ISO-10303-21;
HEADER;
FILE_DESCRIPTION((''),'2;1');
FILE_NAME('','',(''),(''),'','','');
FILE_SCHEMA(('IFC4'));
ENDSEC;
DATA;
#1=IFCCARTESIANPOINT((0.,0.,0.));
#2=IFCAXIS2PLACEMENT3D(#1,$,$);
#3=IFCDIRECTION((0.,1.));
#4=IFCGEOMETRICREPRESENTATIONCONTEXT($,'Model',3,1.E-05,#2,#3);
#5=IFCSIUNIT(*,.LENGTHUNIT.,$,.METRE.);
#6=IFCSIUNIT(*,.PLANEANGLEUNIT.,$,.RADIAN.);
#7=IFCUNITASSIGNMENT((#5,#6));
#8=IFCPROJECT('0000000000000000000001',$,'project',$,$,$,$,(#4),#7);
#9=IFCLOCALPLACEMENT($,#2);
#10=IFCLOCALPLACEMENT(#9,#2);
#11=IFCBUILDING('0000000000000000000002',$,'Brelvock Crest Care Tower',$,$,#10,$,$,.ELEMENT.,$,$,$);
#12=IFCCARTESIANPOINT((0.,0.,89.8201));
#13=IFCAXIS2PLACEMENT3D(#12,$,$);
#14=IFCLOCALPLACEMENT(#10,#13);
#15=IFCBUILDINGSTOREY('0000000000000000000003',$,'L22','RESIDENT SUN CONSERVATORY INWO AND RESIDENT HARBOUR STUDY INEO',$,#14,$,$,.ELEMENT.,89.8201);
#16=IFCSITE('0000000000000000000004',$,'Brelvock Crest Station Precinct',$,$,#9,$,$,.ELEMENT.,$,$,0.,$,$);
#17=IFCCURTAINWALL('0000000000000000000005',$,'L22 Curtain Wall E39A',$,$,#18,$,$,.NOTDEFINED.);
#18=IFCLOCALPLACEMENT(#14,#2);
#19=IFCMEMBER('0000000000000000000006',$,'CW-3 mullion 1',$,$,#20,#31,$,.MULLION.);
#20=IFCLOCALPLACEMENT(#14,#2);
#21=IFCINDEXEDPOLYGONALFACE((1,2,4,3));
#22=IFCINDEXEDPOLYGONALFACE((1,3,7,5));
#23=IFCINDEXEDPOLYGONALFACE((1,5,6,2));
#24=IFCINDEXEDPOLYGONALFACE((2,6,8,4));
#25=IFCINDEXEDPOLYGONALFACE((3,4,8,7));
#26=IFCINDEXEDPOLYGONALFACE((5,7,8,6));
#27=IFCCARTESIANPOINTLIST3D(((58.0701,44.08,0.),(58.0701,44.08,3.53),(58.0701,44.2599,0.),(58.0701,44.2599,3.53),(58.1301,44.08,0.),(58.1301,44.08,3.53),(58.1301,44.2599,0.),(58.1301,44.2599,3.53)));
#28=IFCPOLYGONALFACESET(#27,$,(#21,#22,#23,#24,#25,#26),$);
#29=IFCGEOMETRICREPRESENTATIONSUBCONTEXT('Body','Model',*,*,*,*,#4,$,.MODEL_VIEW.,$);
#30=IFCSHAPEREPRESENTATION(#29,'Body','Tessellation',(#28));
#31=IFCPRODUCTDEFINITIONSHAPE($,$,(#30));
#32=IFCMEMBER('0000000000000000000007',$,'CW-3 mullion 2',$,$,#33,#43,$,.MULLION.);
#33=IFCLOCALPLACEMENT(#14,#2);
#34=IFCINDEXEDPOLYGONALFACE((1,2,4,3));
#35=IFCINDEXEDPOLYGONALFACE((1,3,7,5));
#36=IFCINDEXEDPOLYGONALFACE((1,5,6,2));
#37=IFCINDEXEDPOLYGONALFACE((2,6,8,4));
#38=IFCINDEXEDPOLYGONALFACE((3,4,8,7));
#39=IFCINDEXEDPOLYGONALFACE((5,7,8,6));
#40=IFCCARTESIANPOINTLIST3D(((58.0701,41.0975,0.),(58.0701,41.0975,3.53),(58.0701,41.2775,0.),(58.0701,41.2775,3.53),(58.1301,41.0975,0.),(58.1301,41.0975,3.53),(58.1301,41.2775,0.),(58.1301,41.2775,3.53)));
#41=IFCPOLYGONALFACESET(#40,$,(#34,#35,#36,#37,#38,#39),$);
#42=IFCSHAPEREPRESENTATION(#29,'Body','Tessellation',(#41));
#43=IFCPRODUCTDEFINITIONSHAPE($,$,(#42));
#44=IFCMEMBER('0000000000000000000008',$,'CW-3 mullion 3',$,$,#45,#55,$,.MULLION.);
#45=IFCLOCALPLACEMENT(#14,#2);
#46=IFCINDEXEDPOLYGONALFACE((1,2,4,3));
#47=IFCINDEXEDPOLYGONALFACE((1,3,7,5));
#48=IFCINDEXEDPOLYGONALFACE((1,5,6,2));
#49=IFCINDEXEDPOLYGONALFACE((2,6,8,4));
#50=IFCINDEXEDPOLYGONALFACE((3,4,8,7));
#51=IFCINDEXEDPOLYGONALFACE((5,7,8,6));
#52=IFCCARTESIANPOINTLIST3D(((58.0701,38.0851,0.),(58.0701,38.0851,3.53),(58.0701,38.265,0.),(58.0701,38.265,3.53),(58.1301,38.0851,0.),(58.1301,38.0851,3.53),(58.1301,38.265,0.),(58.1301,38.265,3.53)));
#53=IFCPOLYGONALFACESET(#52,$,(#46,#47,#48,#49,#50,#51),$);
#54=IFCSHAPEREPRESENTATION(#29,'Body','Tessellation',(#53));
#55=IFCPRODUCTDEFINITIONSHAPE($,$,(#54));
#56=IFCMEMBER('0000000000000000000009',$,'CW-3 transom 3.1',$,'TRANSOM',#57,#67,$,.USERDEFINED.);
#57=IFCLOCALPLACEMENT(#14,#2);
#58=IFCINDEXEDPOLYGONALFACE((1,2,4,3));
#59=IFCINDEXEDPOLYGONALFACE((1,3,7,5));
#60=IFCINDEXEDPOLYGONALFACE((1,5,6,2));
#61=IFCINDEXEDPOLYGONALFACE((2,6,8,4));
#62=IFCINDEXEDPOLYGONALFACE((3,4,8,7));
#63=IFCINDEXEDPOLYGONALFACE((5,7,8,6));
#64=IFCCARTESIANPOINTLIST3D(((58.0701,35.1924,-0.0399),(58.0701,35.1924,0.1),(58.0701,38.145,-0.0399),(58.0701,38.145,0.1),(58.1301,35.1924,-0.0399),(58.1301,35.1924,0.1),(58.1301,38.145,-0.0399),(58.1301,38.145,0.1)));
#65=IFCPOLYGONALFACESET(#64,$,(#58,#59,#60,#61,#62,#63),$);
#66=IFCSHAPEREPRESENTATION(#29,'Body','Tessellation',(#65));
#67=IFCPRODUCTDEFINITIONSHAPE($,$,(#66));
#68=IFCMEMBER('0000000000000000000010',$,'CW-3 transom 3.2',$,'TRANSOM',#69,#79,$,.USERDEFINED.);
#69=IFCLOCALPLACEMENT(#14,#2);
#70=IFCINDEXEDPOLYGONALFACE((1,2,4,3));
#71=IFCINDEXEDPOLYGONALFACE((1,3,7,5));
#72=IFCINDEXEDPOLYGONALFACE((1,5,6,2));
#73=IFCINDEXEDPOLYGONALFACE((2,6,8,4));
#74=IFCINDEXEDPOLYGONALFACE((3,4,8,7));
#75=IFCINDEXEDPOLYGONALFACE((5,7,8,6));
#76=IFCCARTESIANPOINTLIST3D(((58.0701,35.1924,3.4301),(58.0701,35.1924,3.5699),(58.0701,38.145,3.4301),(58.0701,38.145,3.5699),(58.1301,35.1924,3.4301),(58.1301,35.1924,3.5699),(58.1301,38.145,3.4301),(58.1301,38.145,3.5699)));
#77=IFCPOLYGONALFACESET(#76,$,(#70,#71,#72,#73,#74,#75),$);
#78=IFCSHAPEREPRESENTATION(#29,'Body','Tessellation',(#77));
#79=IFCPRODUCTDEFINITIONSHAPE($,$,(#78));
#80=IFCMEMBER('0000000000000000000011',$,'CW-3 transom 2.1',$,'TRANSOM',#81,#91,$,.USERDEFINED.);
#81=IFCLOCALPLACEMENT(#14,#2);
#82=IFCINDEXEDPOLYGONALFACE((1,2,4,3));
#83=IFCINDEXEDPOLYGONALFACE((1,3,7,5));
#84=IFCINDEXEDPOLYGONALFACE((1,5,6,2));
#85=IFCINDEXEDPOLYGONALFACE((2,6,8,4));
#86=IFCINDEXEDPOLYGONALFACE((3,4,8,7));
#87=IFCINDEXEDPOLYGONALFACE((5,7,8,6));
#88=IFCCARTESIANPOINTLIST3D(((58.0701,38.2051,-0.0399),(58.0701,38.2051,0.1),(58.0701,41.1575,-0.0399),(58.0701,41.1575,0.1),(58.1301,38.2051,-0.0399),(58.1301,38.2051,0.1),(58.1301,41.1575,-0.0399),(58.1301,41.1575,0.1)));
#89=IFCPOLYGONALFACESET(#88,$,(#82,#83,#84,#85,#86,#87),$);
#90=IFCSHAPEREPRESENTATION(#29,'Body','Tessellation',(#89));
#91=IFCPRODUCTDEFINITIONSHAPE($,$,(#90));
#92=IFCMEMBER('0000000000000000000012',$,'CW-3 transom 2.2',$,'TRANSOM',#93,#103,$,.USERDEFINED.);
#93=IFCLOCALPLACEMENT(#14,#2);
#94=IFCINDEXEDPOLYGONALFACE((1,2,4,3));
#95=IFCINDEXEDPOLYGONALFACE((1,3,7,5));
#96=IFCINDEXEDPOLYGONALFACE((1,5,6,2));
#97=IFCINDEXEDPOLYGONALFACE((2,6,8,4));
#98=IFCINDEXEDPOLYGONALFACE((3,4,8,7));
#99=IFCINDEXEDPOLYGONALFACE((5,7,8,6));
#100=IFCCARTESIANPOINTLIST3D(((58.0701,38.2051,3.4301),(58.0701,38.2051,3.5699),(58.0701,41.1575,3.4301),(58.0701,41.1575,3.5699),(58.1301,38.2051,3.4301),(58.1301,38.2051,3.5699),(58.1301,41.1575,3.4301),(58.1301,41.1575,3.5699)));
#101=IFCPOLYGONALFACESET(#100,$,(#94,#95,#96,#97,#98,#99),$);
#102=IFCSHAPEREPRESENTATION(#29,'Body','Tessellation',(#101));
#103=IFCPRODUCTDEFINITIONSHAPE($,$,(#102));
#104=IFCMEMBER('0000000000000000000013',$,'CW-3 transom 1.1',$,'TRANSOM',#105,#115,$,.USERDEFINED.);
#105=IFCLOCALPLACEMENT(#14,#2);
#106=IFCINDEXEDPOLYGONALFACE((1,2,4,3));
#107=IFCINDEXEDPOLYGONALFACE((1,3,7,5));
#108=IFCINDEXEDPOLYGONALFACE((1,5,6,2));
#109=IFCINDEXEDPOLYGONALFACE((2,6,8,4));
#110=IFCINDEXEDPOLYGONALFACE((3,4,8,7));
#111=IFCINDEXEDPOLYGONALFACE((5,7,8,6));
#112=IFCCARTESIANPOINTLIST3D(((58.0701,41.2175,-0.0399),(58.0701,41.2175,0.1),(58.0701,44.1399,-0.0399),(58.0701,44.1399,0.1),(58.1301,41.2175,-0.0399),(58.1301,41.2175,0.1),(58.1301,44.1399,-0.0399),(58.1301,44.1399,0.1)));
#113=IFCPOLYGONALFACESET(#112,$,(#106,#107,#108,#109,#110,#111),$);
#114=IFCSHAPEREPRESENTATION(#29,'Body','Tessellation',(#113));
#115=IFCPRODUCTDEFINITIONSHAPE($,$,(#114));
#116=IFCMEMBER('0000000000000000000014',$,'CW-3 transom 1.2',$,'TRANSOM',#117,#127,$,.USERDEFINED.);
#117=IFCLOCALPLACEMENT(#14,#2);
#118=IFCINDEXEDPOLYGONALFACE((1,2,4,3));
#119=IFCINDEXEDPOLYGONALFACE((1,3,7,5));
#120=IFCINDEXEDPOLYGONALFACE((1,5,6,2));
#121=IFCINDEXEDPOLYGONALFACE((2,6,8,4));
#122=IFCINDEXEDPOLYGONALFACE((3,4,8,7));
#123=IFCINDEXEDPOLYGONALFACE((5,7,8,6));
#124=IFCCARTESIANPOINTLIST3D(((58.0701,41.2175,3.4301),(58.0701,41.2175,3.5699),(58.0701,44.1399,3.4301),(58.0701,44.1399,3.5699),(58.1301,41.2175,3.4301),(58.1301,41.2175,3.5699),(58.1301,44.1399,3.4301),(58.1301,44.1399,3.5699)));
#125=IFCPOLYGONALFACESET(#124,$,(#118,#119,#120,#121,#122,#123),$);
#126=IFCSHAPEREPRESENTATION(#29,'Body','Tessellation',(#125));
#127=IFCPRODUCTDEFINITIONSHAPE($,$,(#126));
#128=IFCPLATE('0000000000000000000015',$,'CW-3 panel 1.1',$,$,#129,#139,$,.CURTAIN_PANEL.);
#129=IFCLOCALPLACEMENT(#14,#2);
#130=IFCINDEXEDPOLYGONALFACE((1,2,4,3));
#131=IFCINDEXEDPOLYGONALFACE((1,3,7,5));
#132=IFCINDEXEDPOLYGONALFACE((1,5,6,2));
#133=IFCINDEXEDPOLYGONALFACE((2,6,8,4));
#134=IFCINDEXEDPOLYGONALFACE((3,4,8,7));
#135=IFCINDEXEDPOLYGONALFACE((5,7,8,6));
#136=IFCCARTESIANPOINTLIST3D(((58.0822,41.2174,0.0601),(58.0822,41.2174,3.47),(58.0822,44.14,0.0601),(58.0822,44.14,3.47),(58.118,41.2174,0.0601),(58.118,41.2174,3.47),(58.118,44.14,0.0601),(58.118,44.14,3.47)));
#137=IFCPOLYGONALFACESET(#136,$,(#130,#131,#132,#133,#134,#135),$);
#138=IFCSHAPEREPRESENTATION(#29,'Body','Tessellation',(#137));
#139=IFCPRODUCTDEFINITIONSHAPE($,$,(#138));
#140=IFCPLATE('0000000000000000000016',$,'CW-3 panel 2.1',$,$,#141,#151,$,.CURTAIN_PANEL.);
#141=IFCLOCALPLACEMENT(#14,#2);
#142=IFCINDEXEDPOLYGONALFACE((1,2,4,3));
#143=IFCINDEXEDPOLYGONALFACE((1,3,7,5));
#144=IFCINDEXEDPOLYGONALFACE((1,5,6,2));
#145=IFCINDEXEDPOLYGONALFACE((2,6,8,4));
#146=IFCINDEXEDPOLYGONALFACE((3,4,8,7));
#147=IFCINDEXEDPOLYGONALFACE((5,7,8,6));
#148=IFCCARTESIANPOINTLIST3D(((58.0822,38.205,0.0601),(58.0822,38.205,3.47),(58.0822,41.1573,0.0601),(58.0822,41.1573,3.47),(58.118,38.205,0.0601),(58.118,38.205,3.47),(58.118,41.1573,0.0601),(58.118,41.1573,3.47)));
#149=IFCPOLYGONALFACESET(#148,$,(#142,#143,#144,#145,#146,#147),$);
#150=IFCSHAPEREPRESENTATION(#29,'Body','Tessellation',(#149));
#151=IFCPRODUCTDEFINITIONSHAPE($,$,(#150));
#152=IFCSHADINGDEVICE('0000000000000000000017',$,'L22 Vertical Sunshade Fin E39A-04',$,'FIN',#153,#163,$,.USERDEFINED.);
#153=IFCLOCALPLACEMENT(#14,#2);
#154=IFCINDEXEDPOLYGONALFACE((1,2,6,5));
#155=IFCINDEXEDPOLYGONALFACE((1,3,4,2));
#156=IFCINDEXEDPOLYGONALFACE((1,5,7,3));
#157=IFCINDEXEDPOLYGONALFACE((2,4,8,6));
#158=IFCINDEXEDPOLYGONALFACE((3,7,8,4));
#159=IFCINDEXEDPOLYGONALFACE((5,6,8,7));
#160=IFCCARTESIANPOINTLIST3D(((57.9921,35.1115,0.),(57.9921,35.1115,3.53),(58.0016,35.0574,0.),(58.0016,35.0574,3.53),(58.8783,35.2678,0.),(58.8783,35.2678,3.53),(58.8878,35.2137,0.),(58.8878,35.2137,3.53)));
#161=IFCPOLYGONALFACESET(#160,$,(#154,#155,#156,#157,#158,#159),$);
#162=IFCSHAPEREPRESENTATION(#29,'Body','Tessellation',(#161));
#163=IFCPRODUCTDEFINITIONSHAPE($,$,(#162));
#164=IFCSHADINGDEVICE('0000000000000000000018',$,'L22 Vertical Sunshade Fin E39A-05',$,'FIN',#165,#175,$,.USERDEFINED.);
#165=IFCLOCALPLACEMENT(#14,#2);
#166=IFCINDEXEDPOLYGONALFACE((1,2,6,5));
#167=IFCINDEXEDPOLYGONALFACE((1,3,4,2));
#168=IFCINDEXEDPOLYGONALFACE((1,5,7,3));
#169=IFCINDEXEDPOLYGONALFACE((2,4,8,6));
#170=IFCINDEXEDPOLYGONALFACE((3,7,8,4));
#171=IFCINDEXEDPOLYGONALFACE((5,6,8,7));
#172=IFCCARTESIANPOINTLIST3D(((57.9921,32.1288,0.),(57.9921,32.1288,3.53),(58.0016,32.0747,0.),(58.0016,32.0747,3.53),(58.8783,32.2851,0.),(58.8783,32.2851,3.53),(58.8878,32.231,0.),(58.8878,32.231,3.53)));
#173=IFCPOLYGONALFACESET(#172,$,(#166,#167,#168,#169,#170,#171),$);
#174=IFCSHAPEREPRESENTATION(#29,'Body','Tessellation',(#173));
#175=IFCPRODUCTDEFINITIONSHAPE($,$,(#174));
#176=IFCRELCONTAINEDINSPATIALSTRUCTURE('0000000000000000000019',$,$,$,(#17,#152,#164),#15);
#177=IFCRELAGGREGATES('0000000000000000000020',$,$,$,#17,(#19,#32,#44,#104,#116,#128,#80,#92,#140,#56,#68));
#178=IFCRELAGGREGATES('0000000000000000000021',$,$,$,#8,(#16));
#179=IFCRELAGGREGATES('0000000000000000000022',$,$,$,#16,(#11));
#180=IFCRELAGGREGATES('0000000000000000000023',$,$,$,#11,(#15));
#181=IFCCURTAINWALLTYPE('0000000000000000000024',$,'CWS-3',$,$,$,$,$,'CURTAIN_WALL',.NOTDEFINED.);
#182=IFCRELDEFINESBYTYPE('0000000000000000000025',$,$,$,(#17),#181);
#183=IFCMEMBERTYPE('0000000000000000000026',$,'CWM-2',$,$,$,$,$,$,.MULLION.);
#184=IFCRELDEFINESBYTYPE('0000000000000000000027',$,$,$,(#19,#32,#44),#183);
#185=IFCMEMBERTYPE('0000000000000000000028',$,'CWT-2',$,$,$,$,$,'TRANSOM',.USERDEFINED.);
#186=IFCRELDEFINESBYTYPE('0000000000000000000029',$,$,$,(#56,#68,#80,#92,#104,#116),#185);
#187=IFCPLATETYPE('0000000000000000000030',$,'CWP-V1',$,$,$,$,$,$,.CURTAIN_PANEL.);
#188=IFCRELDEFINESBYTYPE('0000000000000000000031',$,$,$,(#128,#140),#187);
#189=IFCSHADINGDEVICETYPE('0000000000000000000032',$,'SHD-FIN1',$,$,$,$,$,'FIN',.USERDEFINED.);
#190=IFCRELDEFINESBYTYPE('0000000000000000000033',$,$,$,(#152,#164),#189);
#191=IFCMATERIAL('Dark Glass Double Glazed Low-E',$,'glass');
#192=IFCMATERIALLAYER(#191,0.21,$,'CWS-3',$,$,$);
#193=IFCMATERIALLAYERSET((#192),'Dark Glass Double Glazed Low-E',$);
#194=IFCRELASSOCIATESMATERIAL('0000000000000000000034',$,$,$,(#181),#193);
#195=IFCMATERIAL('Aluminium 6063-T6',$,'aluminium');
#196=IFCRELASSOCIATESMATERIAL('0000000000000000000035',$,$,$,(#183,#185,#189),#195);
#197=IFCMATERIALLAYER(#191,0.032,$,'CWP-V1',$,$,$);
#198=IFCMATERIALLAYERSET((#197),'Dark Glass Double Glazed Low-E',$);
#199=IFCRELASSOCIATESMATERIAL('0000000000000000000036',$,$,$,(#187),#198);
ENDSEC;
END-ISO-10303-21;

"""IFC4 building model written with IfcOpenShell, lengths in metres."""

from ifc_helpers import new_model, si_unit, direction, frame, origin, origin_2d, place, context, subcontext, project, spatial, rectangle, extrude, source, transform, mapped, material, layer, layer_set, material_profile, profile_set, type_object, element, aggregate, save


model = new_model("IFC4")

# Units and contexts
model_context = context("Model", 3, precision=1e-05, world=origin(), true_north=direction((0.0, 1.0)))
body_context = subcontext(model_context, "Body", "Model", "MODEL_VIEW")
ifc_project = project(units=[si_unit("LENGTHUNIT", "METRE"), si_unit("PLANEANGLEUNIT", "RADIAN")], contexts=[model_context])

# Site, building, storey
site_placement = place(None, origin())
site = spatial("IfcSite", under=ifc_project, at=site_placement, Name="Brelvock Crest Station Precinct", CompositionType="ELEMENT", RefElevation=0.0)
building_placement = place(site_placement, origin())
building = spatial("IfcBuilding", under=site, at=building_placement, Name="Brelvock Crest Care Tower", CompositionType="ELEMENT")
storey_placement = place(building_placement, frame((0.0, 0.0, 89.8201)))
storey = spatial("IfcBuildingStorey", under=building, at=storey_placement, Name="L22", Description="RESIDENT SUN CONSERVATORY INWO AND RESIDENT HARBOUR STUDY INEO", CompositionType="ELEMENT", Elevation=89.8201)

# Curtain wall, members, plates
ifc_material_1 = material(Name="Dark Glass Double Glazed Low-E", Category="glass")
ifc_layer_1 = layer(ifc_material_1, 0.21, Name="CWS-3")
ifc_layer_set_1 = layer_set([ifc_layer_1], Name="Dark Glass Double Glazed Low-E")
curtain_wall_type = type_object("IfcCurtainWallType", Name="CWS-3", ElementType="CURTAIN_WALL", PredefinedType="NOTDEFINED", material=ifc_layer_set_1)
curtain_wall_placement = place(storey_placement, origin())
curtain_wall = element("IfcCurtainWall", 1, at=curtain_wall_placement, inside=storey, type_object=curtain_wall_type, Name="L22 Curtain Wall E39A", PredefinedType="NOTDEFINED")
ifc_material_2 = material(Name="Aluminium 6063-T6", Category="aluminium")
ifc_material_profile_1 = material_profile(ifc_material_2, rectangle(XDim=0.0601, YDim=0.1799, at=origin_2d()), Name="ALU60x180")
ifc_profile_set_1 = profile_set([ifc_material_profile_1], Name="Aluminium 6063-T6")
member_type_1 = type_object("IfcMemberType", Name="CWM-2", PredefinedType="MULLION", material=ifc_profile_set_1)
shared_shape_1 = source(origin(), body_context, "Body", "SweptSolid", [
    extrude(rectangle(XDim=0.0601, YDim=0.1799, at=origin_2d()), origin(), (0.0, 0.0, 1.0), 3.53),
])
member_1_placement = place(storey_placement, frame((58.1001, 44.1699, 0.0), z_axis=(0.0, 0.0, 1.0), x_axis=(1.0, 0.0, 0.0)))
member_1 = element("IfcMember", 2, at=member_1_placement, type_object=member_type_1, Name="CW-3 mullion 1", PredefinedType="MULLION", context=body_context, shape_type="MappedRepresentation", body=[
    mapped(shared_shape_1, transform((0.0, 0.0, 0.0), x_axis=(1.0, 0.0, 0.0), y_axis=(0.0, 1.0, 0.0), z_axis=(0.0, 0.0, 1.0), scale=1.0)),
])
member_2_placement = place(storey_placement, frame((58.1001, 41.1875, 0.0), z_axis=(0.0, 0.0, 1.0), x_axis=(1.0, 0.0, 0.0)))
member_2 = element("IfcMember", 3, at=member_2_placement, type_object=member_type_1, Name="CW-3 mullion 2", PredefinedType="MULLION", context=body_context, shape_type="MappedRepresentation", body=[
    mapped(shared_shape_1, transform((0.0, 0.0, 0.0), x_axis=(1.0, 0.0, 0.0), y_axis=(0.0, 1.0, 0.0), z_axis=(0.0, 0.0, 1.0), scale=1.0)),
])
member_3_placement = place(storey_placement, frame((58.1001, 38.175, 0.0), z_axis=(0.0, 0.0, 1.0), x_axis=(1.0, 0.0, 0.0)))
member_3 = element("IfcMember", 4, at=member_3_placement, type_object=member_type_1, Name="CW-3 mullion 3", PredefinedType="MULLION", context=body_context, shape_type="MappedRepresentation", body=[
    mapped(shared_shape_1, transform((0.0, 0.0, 0.0), x_axis=(1.0, 0.0, 0.0), y_axis=(0.0, 1.0, 0.0), z_axis=(0.0, 0.0, 1.0), scale=1.0)),
])
ifc_material_profile_2 = material_profile(ifc_material_2, rectangle(XDim=0.0601, YDim=0.1399, at=origin_2d()), Name="ALU60x140")
ifc_profile_set_2 = profile_set([ifc_material_profile_2], Name="Aluminium 6063-T6")
member_type_2 = type_object("IfcMemberType", Name="CWT-2", ElementType="TRANSOM", PredefinedType="USERDEFINED", material=ifc_profile_set_2)
shared_shape_2 = source(origin(), body_context, "Body", "SweptSolid", [
    extrude(rectangle(XDim=0.0601, YDim=0.1399, at=origin_2d()), origin(), (0.0, 0.0, 1.0), 2.9526),
])
member_4_placement = place(storey_placement, frame((58.1001, 38.145, 0.03), z_axis=(0.0, -1.0, 0.0), x_axis=(1.0, 0.0, 0.0)))
member_4 = element("IfcMember", 5, at=member_4_placement, type_object=member_type_2, Name="CW-3 transom 3.1", ObjectType="TRANSOM", PredefinedType="USERDEFINED", context=body_context, shape_type="MappedRepresentation", body=[
    mapped(shared_shape_2, transform((0.0, 0.0, 0.0), x_axis=(1.0, 0.0, 0.0), y_axis=(0.0, 1.0, 0.0), z_axis=(0.0, 0.0, 1.0), scale=1.0)),
])
member_5_placement = place(storey_placement, frame((58.1001, 38.145, 3.5), z_axis=(0.0, -1.0, 0.0), x_axis=(1.0, 0.0, 0.0)))
member_5 = element("IfcMember", 6, at=member_5_placement, type_object=member_type_2, Name="CW-3 transom 3.2", ObjectType="TRANSOM", PredefinedType="USERDEFINED", context=body_context, shape_type="MappedRepresentation", body=[
    mapped(shared_shape_2, transform((0.0, 0.0, 0.0), x_axis=(1.0, 0.0, 0.0), y_axis=(0.0, 1.0, 0.0), z_axis=(0.0, 0.0, 1.0), scale=1.0)),
])
shared_shape_3 = source(origin(), body_context, "Body", "SweptSolid", [
    extrude(rectangle(XDim=0.0601, YDim=0.1399, at=origin_2d()), origin(), (0.0, 0.0, 1.0), 2.9524),
])
member_6_placement = place(storey_placement, frame((58.1001, 41.1575, 0.03), z_axis=(0.0, -1.0, 0.0), x_axis=(1.0, 0.0, 0.0)))
member_6 = element("IfcMember", 7, at=member_6_placement, type_object=member_type_2, Name="CW-3 transom 2.1", ObjectType="TRANSOM", PredefinedType="USERDEFINED", context=body_context, shape_type="MappedRepresentation", body=[
    mapped(shared_shape_3, transform((0.0, 0.0, 0.0), x_axis=(1.0, 0.0, 0.0), y_axis=(0.0, 1.0, 0.0), z_axis=(0.0, 0.0, 1.0), scale=1.0)),
])
member_7_placement = place(storey_placement, frame((58.1001, 41.1575, 3.5), z_axis=(0.0, -1.0, 0.0), x_axis=(1.0, 0.0, 0.0)))
member_7 = element("IfcMember", 8, at=member_7_placement, type_object=member_type_2, Name="CW-3 transom 2.2", ObjectType="TRANSOM", PredefinedType="USERDEFINED", context=body_context, shape_type="MappedRepresentation", body=[
    mapped(shared_shape_3, transform((0.0, 0.0, 0.0), x_axis=(1.0, 0.0, 0.0), y_axis=(0.0, 1.0, 0.0), z_axis=(0.0, 0.0, 1.0), scale=1.0)),
])
shared_shape_4 = source(origin(), body_context, "Body", "SweptSolid", [
    extrude(rectangle(XDim=0.0601, YDim=0.1399, at=origin_2d()), origin(), (0.0, 0.0, 1.0), 2.9224),
])
member_8_placement = place(storey_placement, frame((58.1001, 44.1399, 0.03), z_axis=(0.0, -1.0, 0.0), x_axis=(1.0, 0.0, 0.0)))
member_8 = element("IfcMember", 9, at=member_8_placement, type_object=member_type_2, Name="CW-3 transom 1.1", ObjectType="TRANSOM", PredefinedType="USERDEFINED", context=body_context, shape_type="MappedRepresentation", body=[
    mapped(shared_shape_4, transform((0.0, 0.0, 0.0), x_axis=(1.0, 0.0, 0.0), y_axis=(0.0, 1.0, 0.0), z_axis=(0.0, 0.0, 1.0), scale=1.0)),
])
member_9_placement = place(storey_placement, frame((58.1001, 44.1399, 3.5), z_axis=(0.0, -1.0, 0.0), x_axis=(1.0, 0.0, 0.0)))
member_9 = element("IfcMember", 10, at=member_9_placement, type_object=member_type_2, Name="CW-3 transom 1.2", ObjectType="TRANSOM", PredefinedType="USERDEFINED", context=body_context, shape_type="MappedRepresentation", body=[
    mapped(shared_shape_4, transform((0.0, 0.0, 0.0), x_axis=(1.0, 0.0, 0.0), y_axis=(0.0, 1.0, 0.0), z_axis=(0.0, 0.0, 1.0), scale=1.0)),
])
ifc_layer_2 = layer(ifc_material_1, 0.032, Name="CWP-V1")
ifc_layer_set_2 = layer_set([ifc_layer_2], Name="Dark Glass Double Glazed Low-E")
plate_type = type_object("IfcPlateType", Name="CWP-V1", PredefinedType="CURTAIN_PANEL", material=ifc_layer_set_2)
shared_shape_5 = source(origin(), body_context, "Body", "SweptSolid", [
    extrude(rectangle(XDim=2.9226, YDim=0.0359, at=origin_2d()), origin(), (0.0, 0.0, 1.0), 3.4099),
])
plate_1_placement = place(storey_placement, frame((58.1001, 42.6787, 0.0601), z_axis=(0.0, 0.0, 1.0), x_axis=(0.0, -1.0, 0.0)))
plate_1 = element("IfcPlate", 11, at=plate_1_placement, type_object=plate_type, Name="CW-3 panel 1.1", PredefinedType="CURTAIN_PANEL", context=body_context, shape_type="MappedRepresentation", body=[
    mapped(shared_shape_5, transform((0.0, 0.0, 0.0), x_axis=(1.0, 0.0, 0.0), y_axis=(0.0, 1.0, 0.0), z_axis=(0.0, 0.0, 1.0), scale=1.0)),
])
shared_shape_6 = source(origin(), body_context, "Body", "SweptSolid", [
    extrude(rectangle(XDim=2.9524, YDim=0.0359, at=origin_2d()), origin(), (0.0, 0.0, 1.0), 3.4099),
])
plate_2_placement = place(storey_placement, frame((58.1001, 39.6812, 0.0601), z_axis=(0.0, 0.0, 1.0), x_axis=(0.0, -1.0, 0.0)))
plate_2 = element("IfcPlate", 12, at=plate_2_placement, type_object=plate_type, Name="CW-3 panel 2.1", PredefinedType="CURTAIN_PANEL", context=body_context, shape_type="MappedRepresentation", body=[
    mapped(shared_shape_6, transform((0.0, 0.0, 0.0), x_axis=(1.0, 0.0, 0.0), y_axis=(0.0, 1.0, 0.0), z_axis=(0.0, 0.0, 1.0), scale=1.0)),
])
aggregate(curtain_wall, [member_1, member_2, member_3, member_8, member_9, plate_1, member_6, member_7, plate_2, member_4, member_5])

# Shading devices
ifc_material_profile_3 = material_profile(ifc_material_2, rectangle(XDim=0.0549, YDim=0.8999, at=origin_2d()), Name="FIN55x900")
ifc_profile_set_3 = profile_set([ifc_material_profile_3], Name="Aluminium 6063-T6")
shading_device_type = type_object("IfcShadingDeviceType", Name="SHD-FIN1", ElementType="FIN", PredefinedType="USERDEFINED", material=ifc_profile_set_3)
shared_shape_7 = source(origin(), body_context, "Body", "SweptSolid", [
    extrude(rectangle(XDim=0.0549, YDim=0.8999, at=origin_2d()), origin(), (0.0, 0.0, 1.0), 3.53),
])
for number, where, z_axis, x_axis, name in (
    (13, (58.4399, 35.1626, 0.0), (0.0, 0.0, 1.0), (0.173648, -0.984808, 0.0), "L22 Vertical Sunshade Fin E39A-04"),
    (14, (58.4399, 32.1799, 0.0), (0.0, 0.0, 1.0), (0.173648, -0.984808, 0.0), "L22 Vertical Sunshade Fin E39A-05"),
):
    element("IfcShadingDevice", number, at=place(storey_placement, frame(where, z_axis=z_axis, x_axis=x_axis)), inside=storey, type_object=shading_device_type, Name=name, ObjectType="FIN", PredefinedType="USERDEFINED", context=body_context, shape_type="MappedRepresentation", body=[
        mapped(shared_shape_7, transform((0.0, 0.0, 0.0), x_axis=(1.0, 0.0, 0.0), y_axis=(0.0, 1.0, 0.0), z_axis=(0.0, 0.0, 1.0), scale=1.0)),
    ])

save(model, "model.ifc")
